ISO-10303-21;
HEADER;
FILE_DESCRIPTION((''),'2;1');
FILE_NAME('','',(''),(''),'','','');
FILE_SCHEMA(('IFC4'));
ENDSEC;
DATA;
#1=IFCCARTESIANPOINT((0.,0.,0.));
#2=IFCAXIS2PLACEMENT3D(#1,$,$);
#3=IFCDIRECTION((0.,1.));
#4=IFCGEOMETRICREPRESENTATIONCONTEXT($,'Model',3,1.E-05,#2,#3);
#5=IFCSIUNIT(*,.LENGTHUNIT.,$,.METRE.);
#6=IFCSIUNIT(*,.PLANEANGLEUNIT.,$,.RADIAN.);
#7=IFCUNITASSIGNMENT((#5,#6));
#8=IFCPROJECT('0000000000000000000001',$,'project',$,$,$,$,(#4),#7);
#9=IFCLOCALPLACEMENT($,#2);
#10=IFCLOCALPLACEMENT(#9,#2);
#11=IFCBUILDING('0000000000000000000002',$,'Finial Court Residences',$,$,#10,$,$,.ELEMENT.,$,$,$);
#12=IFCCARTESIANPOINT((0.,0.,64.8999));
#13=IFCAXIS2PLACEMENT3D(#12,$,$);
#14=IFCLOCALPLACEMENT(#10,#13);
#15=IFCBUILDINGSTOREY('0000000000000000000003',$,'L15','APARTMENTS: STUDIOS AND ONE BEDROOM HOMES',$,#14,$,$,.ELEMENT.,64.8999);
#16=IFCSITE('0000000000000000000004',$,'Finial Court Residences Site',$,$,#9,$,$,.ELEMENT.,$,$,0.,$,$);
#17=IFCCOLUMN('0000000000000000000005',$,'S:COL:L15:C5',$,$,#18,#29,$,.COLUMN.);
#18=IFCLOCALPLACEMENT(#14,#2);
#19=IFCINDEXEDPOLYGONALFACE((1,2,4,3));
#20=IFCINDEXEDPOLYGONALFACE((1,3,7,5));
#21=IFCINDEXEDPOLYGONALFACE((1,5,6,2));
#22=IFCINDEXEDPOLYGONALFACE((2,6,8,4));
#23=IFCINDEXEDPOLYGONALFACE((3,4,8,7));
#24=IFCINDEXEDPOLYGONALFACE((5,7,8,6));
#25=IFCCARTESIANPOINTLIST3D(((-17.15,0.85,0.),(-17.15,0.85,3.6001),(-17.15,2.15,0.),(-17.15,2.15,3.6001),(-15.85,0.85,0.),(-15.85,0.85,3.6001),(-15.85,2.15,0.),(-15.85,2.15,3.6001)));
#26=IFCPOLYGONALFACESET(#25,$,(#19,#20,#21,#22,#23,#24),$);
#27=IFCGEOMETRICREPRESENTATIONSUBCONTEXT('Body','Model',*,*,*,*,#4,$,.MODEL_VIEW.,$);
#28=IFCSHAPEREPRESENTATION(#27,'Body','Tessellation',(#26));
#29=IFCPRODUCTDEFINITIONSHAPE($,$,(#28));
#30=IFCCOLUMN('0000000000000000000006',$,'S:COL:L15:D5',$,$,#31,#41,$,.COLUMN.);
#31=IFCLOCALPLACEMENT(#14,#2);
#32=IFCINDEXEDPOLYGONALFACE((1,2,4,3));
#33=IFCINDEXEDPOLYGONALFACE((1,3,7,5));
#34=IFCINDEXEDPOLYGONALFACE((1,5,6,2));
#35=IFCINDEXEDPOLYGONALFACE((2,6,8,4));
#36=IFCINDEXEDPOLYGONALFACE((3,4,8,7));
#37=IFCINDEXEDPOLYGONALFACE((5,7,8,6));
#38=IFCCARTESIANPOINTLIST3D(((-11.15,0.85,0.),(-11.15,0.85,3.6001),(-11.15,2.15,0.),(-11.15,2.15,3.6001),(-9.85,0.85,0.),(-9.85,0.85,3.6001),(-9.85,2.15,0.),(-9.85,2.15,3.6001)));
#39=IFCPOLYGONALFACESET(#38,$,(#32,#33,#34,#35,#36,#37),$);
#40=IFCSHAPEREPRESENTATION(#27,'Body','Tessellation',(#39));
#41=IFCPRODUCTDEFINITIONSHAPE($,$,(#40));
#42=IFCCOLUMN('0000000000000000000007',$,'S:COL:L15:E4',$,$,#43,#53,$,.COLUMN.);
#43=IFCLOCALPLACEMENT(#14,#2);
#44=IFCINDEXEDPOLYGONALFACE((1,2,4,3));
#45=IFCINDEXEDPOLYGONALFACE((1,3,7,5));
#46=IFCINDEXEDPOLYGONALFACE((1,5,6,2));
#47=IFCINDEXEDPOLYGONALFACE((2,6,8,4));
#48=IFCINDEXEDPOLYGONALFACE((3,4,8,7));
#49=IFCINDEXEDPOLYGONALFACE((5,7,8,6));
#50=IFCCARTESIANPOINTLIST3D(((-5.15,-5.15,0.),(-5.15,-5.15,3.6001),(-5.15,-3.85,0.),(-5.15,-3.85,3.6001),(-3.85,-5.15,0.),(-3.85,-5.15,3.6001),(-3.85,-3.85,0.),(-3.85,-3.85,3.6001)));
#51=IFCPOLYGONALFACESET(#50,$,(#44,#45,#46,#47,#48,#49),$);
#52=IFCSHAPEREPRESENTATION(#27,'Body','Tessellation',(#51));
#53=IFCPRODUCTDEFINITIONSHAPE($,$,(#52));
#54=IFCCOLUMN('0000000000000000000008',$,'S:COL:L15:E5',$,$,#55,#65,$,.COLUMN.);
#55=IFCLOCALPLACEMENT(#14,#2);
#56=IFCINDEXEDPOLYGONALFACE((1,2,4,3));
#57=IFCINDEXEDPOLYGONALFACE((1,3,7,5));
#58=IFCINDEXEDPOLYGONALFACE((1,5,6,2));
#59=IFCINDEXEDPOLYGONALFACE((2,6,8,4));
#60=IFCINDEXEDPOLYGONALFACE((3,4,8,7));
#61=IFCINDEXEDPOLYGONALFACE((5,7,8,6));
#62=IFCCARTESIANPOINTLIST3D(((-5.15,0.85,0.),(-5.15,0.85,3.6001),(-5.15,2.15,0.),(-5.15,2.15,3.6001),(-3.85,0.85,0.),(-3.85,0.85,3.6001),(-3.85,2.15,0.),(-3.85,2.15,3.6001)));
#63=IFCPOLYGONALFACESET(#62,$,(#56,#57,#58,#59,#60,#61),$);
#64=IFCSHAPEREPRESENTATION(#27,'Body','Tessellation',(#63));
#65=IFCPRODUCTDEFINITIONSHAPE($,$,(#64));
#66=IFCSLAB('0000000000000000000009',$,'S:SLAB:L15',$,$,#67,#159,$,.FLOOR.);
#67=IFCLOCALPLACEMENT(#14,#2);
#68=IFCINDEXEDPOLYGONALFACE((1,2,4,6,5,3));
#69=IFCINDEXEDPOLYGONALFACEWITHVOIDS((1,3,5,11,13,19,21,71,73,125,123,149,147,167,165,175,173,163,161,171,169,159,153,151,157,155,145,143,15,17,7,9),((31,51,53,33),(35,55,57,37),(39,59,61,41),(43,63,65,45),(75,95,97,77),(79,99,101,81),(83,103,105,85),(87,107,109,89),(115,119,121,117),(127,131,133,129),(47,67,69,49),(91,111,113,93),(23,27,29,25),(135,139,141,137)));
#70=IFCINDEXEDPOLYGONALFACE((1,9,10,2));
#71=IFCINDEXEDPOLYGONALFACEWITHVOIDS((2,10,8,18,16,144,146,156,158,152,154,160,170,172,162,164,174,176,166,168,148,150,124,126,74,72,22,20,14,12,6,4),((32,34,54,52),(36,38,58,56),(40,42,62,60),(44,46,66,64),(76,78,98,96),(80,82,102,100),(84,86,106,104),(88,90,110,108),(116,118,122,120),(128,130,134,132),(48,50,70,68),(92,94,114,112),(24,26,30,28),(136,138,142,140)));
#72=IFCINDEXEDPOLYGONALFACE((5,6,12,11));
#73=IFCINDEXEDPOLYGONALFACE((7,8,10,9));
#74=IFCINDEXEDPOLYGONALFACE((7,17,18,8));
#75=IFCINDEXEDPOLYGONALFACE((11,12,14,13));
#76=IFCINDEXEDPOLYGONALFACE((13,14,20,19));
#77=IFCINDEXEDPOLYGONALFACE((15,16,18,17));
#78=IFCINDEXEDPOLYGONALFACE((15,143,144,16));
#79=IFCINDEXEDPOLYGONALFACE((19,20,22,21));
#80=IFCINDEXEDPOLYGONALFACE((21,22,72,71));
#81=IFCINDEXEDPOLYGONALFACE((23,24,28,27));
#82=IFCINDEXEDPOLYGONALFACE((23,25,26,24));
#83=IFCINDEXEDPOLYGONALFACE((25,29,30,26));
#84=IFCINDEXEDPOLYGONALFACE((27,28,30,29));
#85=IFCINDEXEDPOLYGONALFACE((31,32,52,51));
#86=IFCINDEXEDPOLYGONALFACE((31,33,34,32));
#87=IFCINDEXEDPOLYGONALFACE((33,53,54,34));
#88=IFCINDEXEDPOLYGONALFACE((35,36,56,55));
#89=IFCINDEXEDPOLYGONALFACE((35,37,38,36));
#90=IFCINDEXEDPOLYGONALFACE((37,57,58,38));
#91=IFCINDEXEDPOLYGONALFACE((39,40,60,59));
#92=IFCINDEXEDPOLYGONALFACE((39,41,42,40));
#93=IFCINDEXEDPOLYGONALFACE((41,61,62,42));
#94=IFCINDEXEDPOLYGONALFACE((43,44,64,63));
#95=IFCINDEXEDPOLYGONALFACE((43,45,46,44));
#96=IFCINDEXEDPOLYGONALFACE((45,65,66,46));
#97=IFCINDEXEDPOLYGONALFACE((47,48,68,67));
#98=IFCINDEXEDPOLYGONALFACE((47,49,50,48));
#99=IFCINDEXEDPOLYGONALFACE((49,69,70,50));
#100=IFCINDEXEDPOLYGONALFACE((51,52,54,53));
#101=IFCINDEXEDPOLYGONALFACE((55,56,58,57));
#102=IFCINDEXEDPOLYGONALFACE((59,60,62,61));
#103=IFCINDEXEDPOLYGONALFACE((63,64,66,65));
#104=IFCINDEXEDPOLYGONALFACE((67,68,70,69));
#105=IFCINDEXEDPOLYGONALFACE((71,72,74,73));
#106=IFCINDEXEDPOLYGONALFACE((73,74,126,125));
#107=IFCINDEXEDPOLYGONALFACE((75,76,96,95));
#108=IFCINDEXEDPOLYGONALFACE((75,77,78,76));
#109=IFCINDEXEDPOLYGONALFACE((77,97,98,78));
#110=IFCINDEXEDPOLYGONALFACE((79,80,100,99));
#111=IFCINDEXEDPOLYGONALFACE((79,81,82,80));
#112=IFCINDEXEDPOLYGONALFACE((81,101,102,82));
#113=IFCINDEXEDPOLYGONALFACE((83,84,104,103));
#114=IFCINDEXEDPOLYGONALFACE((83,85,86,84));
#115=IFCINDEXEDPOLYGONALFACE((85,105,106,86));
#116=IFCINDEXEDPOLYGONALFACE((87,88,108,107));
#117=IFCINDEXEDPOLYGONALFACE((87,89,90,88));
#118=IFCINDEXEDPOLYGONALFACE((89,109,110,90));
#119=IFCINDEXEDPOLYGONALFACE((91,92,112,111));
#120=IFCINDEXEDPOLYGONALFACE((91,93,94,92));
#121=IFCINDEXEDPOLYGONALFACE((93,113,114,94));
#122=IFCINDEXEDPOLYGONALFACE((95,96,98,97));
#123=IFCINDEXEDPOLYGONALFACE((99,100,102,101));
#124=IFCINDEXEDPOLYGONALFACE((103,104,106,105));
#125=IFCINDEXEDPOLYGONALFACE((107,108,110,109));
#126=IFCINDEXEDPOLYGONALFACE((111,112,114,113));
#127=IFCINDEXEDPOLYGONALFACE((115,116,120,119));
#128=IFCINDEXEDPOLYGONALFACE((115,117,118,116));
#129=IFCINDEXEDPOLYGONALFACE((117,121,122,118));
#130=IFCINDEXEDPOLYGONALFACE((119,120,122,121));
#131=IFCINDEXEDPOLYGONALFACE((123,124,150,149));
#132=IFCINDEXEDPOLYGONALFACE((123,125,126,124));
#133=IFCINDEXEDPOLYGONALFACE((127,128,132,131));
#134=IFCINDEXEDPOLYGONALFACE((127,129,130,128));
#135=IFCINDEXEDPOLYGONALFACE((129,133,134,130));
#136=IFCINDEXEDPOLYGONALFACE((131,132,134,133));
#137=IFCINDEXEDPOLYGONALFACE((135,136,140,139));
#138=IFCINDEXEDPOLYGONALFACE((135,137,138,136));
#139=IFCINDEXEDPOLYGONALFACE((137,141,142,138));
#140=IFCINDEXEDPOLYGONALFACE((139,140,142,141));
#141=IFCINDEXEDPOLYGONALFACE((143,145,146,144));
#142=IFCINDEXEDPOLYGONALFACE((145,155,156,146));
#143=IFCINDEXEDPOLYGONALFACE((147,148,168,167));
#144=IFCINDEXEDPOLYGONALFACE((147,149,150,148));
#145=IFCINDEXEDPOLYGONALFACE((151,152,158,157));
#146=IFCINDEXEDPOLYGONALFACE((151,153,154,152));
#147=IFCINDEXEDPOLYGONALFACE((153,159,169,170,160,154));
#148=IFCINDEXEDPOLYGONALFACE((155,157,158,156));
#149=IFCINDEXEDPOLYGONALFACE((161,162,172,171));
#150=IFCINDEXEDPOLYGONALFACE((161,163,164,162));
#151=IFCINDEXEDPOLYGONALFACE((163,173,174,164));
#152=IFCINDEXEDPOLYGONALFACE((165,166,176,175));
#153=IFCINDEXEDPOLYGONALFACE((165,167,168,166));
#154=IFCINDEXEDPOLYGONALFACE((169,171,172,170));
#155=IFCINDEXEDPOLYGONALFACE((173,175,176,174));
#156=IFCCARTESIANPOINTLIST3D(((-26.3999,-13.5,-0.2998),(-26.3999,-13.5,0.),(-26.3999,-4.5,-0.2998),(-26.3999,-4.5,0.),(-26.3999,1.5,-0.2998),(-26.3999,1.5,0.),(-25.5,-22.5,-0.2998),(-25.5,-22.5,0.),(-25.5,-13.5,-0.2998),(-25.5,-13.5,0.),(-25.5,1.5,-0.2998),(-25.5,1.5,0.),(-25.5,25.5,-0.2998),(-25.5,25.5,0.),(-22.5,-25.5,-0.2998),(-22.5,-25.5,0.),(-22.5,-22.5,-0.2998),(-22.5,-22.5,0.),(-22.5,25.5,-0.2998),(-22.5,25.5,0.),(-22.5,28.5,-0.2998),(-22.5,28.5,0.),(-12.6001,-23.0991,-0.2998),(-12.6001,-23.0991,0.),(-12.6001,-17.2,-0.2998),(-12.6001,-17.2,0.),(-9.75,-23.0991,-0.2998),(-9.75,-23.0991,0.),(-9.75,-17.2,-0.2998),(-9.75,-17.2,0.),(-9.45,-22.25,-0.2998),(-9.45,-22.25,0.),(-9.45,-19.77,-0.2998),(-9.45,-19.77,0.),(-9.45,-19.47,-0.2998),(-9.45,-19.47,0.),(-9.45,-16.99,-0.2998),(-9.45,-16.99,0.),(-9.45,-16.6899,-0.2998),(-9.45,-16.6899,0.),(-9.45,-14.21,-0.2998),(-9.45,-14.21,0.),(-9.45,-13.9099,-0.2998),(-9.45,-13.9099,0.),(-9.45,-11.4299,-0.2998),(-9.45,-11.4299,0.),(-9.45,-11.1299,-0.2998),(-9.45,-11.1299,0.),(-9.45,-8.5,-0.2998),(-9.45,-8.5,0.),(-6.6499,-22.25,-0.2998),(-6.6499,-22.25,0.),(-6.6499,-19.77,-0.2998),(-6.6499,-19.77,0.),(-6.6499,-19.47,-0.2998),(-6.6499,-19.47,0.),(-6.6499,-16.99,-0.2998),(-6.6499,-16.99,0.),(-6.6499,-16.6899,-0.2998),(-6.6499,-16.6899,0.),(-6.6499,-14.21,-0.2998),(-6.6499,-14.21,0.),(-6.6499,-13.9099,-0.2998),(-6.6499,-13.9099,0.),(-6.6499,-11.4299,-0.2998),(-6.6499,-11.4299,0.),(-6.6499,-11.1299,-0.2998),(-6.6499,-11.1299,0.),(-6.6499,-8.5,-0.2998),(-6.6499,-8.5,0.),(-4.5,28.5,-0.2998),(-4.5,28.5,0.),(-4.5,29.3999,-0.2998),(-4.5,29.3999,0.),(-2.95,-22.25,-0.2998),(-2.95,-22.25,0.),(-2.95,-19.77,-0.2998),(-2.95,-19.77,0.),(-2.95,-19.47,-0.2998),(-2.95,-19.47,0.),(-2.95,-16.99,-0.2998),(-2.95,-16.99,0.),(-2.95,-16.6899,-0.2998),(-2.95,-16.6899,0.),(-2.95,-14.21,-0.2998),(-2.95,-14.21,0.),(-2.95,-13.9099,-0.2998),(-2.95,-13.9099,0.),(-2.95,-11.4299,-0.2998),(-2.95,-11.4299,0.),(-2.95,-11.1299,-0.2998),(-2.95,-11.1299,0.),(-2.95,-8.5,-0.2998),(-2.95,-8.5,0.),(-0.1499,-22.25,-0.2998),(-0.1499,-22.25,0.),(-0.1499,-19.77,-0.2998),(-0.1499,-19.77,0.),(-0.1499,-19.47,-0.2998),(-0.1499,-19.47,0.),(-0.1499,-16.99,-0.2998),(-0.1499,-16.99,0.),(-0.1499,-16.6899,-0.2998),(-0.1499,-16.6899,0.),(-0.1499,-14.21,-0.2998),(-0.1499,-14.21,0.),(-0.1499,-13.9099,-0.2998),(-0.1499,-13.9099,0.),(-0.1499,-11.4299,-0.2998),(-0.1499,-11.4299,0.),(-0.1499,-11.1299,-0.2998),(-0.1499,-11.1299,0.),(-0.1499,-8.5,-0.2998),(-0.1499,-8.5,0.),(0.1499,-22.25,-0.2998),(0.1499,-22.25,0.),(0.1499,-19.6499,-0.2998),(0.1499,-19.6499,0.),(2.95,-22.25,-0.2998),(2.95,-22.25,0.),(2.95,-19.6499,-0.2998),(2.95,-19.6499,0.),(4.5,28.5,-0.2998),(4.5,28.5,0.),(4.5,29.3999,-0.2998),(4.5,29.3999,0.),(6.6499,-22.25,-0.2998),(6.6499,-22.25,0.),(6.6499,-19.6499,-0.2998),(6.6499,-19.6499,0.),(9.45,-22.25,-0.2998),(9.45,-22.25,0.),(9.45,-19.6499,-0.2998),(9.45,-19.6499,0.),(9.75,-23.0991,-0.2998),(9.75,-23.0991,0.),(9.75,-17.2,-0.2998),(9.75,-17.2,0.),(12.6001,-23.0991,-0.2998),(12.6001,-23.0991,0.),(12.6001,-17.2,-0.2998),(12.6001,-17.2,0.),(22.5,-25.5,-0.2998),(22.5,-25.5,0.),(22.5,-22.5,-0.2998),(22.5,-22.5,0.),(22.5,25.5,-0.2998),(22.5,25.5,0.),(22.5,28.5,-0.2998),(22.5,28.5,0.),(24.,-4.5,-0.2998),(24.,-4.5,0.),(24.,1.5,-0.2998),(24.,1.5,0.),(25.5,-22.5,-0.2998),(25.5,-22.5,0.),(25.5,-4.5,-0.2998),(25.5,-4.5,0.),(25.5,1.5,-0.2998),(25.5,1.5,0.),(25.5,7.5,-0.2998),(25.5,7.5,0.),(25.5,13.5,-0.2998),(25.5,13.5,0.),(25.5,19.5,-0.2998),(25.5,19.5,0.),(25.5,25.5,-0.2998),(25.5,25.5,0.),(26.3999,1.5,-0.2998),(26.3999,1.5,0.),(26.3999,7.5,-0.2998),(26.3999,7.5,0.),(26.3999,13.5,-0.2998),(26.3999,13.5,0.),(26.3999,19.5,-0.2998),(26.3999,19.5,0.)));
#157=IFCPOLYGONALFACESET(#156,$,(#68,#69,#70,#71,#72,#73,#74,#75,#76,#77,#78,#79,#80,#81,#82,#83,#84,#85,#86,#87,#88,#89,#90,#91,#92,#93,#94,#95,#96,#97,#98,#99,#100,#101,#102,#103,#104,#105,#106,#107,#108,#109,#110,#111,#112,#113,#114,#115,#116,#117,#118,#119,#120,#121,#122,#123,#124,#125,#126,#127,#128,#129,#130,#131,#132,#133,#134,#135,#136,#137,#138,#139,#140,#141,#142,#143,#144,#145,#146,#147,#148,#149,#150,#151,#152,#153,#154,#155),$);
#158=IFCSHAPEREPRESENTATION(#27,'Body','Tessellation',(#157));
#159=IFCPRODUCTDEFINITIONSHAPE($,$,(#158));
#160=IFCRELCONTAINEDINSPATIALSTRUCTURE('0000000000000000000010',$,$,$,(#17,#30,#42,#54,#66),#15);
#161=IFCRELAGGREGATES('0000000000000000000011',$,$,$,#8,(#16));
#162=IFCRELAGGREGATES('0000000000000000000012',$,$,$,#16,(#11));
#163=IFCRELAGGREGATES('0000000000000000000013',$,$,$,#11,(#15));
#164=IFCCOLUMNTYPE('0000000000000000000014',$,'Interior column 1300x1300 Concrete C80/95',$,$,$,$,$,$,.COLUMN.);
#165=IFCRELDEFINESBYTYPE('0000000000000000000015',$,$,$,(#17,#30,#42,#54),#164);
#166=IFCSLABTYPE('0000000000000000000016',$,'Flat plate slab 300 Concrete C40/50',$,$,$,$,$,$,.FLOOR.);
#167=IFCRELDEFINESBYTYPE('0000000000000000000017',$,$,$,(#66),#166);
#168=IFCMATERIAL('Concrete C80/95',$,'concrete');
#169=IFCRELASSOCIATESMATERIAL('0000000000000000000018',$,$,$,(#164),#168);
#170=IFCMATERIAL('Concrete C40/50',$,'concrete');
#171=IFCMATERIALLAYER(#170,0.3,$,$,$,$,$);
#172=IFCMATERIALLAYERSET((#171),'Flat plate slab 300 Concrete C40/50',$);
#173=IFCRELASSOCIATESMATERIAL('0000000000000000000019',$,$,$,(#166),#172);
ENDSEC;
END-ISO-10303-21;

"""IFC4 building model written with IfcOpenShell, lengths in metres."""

from ifc_helpers import new_model, si_unit, direction, frame, origin, origin_2d, place, context, subcontext, project, spatial, polyline, rectangle, outline, extrude, material, layer, layer_set, material_profile, profile_set, type_object, element, save


model = new_model("IFC4")

# Units and contexts
model_context = context("Model", 3, precision=1e-05, world=origin(), true_north=direction((0.0, 1.0)))
body_context = subcontext(model_context, "Body", "Model", "MODEL_VIEW")
ifc_project = project(units=[si_unit("LENGTHUNIT", "METRE"), si_unit("PLANEANGLEUNIT", "RADIAN")], contexts=[model_context])

# Site, building, storey
site_placement = place(None, origin())
site = spatial("IfcSite", under=ifc_project, at=site_placement, Name="Finial Court Residences Site", CompositionType="ELEMENT", RefElevation=0.0)
building_placement = place(site_placement, origin())
building = spatial("IfcBuilding", under=site, at=building_placement, Name="Finial Court Residences", CompositionType="ELEMENT")
storey_placement = place(building_placement, frame((0.0, 0.0, 64.8999)))
storey = spatial("IfcBuildingStorey", under=building, at=storey_placement, Name="L15", Description="APARTMENTS: STUDIOS AND ONE BEDROOM HOMES", CompositionType="ELEMENT", Elevation=64.8999)

# Columns
ifc_material_1 = material(Name="Concrete C80/95", Category="concrete")
ifc_material_profile = material_profile(ifc_material_1, rectangle(XDim=1.3, YDim=1.3, at=origin_2d()), Name="1300x1300")
ifc_profile_set = profile_set([ifc_material_profile], Name="Concrete C80/95")
column_type = type_object("IfcColumnType", Name="Interior column 1300x1300 Concrete C80/95", PredefinedType="COLUMN", material=ifc_profile_set)
for number, where, z_axis, x_axis, name in (
    (1, (-16.5, 1.5, 0.0), (0.0, 0.0, 1.0), (1.0, 0.0, 0.0), "S:COL:L15:C5"),
    (2, (-10.5, 1.5, 0.0), (0.0, 0.0, 1.0), (1.0, 0.0, 0.0), "S:COL:L15:D5"),
    (3, (-4.5, -4.5, 0.0), (0.0, 0.0, 1.0), (1.0, 0.0, 0.0), "S:COL:L15:E4"),
    (4, (-4.5, 1.5, 0.0), (0.0, 0.0, 1.0), (1.0, 0.0, 0.0), "S:COL:L15:E5"),
):
    element("IfcColumn", number, at=place(storey_placement, frame(where, z_axis=z_axis, x_axis=x_axis)), inside=storey, type_object=column_type, Name=name, PredefinedType="COLUMN", context=body_context, shape_type="SweptSolid", body=[
        extrude(rectangle(XDim=1.3, YDim=1.3, at=origin_2d()), origin(), (0.0, 0.0, 1.0), 3.6001),
    ])

# Slab
ifc_material_2 = material(Name="Concrete C40/50", Category="concrete")
ifc_layer_1 = layer(ifc_material_2, 0.3)
ifc_layer_set_1 = layer_set([ifc_layer_1], Name="Flat plate slab 300 Concrete C40/50")
slab_type = type_object("IfcSlabType", Name="Flat plate slab 300 Concrete C40/50", PredefinedType="FLOOR", material=ifc_layer_set_1)
slab_placement = place(storey_placement, frame((0.0, 0.0, -0.2998)))
element("IfcSlab", 5, at=slab_placement, inside=storey, type_object=slab_type, Name="S:SLAB:L15", PredefinedType="FLOOR", context=body_context, shape_type="SweptSolid", body=[
    extrude(outline(polyline([(-26.3999, -13.5), (-26.3999, -4.5), (-26.3999, 1.5), (-25.5, 1.5), (-25.5, 25.5), (-22.5, 25.5), (-22.5, 28.5), (-4.5, 28.5), (-4.5, 29.3999), (4.5, 29.3999), (4.5, 28.5), (22.5, 28.5), (22.5, 25.5), (25.5, 25.5), (25.5, 19.5), (26.3999, 19.5), (26.3999, 13.5), (25.5, 13.5), (25.5, 7.5), (26.3999, 7.5), (26.3999, 1.5), (25.5, 1.5), (24.0, 1.5), (24.0, -4.5), (25.5, -4.5), (25.5, -22.5), (22.5, -22.5), (22.5, -25.5), (-22.5, -25.5), (-22.5, -22.5), (-25.5, -22.5), (-25.5, -13.5), (-26.3999, -13.5)]), holes=[polyline([(-6.6499, -19.77), (-9.45, -19.77), (-9.45, -22.25), (-6.6499, -22.25), (-6.6499, -19.77)]), polyline([(-9.75, -17.2), (-12.6001, -17.2), (-12.6001, -23.0991), (-9.75, -23.0991), (-9.75, -17.2)]), polyline([(-6.6499, -19.47), (-6.6499, -16.99), (-9.45, -16.99), (-9.45, -19.47), (-6.6499, -19.47)]), polyline([(-6.6499, -16.6899), (-6.6499, -14.21), (-9.45, -14.21), (-9.45, -16.6899), (-6.6499, -16.6899)]), polyline([(-6.6499, -13.9099), (-6.6499, -11.4299), (-9.45, -11.4299), (-9.45, -13.9099), (-6.6499, -13.9099)]), polyline([(-6.6499, -11.1299), (-6.6499, -8.5), (-9.45, -8.5), (-9.45, -11.1299), (-6.6499, -11.1299)]), polyline([(-0.1499, -11.1299), (-0.1499, -8.5), (-2.95, -8.5), (-2.95, -11.1299), (-0.1499, -11.1299)]), polyline([(-0.1499, -19.77), (-2.95, -19.77), (-2.95, -22.25), (-0.1499, -22.25), (-0.1499, -19.77)]), polyline([(2.95, -22.25), (2.95, -19.6499), (0.1499, -19.6499), (0.1499, -22.25), (2.95, -22.25)]), polyline([(9.45, -22.25), (9.45, -19.6499), (6.6499, -19.6499), (6.6499, -22.25), (9.45, -22.25)]), polyline([(12.6001, -17.2), (9.75, -17.2), (9.75, -23.0991), (12.6001, -23.0991), (12.6001, -17.2)]), polyline([(-0.1499, -19.47), (-0.1499, -16.99), (-2.95, -16.99), (-2.95, -19.47), (-0.1499, -19.47)]), polyline([(-0.1499, -16.6899), (-0.1499, -14.21), (-2.95, -14.21), (-2.95, -16.6899), (-0.1499, -16.6899)]), polyline([(-0.1499, -13.9099), (-0.1499, -11.4299), (-2.95, -11.4299), (-2.95, -13.9099), (-0.1499, -13.9099)])]), origin(), (0.0, 0.0, 1.0), 0.2998),
])

save(model, "model.ifc")
